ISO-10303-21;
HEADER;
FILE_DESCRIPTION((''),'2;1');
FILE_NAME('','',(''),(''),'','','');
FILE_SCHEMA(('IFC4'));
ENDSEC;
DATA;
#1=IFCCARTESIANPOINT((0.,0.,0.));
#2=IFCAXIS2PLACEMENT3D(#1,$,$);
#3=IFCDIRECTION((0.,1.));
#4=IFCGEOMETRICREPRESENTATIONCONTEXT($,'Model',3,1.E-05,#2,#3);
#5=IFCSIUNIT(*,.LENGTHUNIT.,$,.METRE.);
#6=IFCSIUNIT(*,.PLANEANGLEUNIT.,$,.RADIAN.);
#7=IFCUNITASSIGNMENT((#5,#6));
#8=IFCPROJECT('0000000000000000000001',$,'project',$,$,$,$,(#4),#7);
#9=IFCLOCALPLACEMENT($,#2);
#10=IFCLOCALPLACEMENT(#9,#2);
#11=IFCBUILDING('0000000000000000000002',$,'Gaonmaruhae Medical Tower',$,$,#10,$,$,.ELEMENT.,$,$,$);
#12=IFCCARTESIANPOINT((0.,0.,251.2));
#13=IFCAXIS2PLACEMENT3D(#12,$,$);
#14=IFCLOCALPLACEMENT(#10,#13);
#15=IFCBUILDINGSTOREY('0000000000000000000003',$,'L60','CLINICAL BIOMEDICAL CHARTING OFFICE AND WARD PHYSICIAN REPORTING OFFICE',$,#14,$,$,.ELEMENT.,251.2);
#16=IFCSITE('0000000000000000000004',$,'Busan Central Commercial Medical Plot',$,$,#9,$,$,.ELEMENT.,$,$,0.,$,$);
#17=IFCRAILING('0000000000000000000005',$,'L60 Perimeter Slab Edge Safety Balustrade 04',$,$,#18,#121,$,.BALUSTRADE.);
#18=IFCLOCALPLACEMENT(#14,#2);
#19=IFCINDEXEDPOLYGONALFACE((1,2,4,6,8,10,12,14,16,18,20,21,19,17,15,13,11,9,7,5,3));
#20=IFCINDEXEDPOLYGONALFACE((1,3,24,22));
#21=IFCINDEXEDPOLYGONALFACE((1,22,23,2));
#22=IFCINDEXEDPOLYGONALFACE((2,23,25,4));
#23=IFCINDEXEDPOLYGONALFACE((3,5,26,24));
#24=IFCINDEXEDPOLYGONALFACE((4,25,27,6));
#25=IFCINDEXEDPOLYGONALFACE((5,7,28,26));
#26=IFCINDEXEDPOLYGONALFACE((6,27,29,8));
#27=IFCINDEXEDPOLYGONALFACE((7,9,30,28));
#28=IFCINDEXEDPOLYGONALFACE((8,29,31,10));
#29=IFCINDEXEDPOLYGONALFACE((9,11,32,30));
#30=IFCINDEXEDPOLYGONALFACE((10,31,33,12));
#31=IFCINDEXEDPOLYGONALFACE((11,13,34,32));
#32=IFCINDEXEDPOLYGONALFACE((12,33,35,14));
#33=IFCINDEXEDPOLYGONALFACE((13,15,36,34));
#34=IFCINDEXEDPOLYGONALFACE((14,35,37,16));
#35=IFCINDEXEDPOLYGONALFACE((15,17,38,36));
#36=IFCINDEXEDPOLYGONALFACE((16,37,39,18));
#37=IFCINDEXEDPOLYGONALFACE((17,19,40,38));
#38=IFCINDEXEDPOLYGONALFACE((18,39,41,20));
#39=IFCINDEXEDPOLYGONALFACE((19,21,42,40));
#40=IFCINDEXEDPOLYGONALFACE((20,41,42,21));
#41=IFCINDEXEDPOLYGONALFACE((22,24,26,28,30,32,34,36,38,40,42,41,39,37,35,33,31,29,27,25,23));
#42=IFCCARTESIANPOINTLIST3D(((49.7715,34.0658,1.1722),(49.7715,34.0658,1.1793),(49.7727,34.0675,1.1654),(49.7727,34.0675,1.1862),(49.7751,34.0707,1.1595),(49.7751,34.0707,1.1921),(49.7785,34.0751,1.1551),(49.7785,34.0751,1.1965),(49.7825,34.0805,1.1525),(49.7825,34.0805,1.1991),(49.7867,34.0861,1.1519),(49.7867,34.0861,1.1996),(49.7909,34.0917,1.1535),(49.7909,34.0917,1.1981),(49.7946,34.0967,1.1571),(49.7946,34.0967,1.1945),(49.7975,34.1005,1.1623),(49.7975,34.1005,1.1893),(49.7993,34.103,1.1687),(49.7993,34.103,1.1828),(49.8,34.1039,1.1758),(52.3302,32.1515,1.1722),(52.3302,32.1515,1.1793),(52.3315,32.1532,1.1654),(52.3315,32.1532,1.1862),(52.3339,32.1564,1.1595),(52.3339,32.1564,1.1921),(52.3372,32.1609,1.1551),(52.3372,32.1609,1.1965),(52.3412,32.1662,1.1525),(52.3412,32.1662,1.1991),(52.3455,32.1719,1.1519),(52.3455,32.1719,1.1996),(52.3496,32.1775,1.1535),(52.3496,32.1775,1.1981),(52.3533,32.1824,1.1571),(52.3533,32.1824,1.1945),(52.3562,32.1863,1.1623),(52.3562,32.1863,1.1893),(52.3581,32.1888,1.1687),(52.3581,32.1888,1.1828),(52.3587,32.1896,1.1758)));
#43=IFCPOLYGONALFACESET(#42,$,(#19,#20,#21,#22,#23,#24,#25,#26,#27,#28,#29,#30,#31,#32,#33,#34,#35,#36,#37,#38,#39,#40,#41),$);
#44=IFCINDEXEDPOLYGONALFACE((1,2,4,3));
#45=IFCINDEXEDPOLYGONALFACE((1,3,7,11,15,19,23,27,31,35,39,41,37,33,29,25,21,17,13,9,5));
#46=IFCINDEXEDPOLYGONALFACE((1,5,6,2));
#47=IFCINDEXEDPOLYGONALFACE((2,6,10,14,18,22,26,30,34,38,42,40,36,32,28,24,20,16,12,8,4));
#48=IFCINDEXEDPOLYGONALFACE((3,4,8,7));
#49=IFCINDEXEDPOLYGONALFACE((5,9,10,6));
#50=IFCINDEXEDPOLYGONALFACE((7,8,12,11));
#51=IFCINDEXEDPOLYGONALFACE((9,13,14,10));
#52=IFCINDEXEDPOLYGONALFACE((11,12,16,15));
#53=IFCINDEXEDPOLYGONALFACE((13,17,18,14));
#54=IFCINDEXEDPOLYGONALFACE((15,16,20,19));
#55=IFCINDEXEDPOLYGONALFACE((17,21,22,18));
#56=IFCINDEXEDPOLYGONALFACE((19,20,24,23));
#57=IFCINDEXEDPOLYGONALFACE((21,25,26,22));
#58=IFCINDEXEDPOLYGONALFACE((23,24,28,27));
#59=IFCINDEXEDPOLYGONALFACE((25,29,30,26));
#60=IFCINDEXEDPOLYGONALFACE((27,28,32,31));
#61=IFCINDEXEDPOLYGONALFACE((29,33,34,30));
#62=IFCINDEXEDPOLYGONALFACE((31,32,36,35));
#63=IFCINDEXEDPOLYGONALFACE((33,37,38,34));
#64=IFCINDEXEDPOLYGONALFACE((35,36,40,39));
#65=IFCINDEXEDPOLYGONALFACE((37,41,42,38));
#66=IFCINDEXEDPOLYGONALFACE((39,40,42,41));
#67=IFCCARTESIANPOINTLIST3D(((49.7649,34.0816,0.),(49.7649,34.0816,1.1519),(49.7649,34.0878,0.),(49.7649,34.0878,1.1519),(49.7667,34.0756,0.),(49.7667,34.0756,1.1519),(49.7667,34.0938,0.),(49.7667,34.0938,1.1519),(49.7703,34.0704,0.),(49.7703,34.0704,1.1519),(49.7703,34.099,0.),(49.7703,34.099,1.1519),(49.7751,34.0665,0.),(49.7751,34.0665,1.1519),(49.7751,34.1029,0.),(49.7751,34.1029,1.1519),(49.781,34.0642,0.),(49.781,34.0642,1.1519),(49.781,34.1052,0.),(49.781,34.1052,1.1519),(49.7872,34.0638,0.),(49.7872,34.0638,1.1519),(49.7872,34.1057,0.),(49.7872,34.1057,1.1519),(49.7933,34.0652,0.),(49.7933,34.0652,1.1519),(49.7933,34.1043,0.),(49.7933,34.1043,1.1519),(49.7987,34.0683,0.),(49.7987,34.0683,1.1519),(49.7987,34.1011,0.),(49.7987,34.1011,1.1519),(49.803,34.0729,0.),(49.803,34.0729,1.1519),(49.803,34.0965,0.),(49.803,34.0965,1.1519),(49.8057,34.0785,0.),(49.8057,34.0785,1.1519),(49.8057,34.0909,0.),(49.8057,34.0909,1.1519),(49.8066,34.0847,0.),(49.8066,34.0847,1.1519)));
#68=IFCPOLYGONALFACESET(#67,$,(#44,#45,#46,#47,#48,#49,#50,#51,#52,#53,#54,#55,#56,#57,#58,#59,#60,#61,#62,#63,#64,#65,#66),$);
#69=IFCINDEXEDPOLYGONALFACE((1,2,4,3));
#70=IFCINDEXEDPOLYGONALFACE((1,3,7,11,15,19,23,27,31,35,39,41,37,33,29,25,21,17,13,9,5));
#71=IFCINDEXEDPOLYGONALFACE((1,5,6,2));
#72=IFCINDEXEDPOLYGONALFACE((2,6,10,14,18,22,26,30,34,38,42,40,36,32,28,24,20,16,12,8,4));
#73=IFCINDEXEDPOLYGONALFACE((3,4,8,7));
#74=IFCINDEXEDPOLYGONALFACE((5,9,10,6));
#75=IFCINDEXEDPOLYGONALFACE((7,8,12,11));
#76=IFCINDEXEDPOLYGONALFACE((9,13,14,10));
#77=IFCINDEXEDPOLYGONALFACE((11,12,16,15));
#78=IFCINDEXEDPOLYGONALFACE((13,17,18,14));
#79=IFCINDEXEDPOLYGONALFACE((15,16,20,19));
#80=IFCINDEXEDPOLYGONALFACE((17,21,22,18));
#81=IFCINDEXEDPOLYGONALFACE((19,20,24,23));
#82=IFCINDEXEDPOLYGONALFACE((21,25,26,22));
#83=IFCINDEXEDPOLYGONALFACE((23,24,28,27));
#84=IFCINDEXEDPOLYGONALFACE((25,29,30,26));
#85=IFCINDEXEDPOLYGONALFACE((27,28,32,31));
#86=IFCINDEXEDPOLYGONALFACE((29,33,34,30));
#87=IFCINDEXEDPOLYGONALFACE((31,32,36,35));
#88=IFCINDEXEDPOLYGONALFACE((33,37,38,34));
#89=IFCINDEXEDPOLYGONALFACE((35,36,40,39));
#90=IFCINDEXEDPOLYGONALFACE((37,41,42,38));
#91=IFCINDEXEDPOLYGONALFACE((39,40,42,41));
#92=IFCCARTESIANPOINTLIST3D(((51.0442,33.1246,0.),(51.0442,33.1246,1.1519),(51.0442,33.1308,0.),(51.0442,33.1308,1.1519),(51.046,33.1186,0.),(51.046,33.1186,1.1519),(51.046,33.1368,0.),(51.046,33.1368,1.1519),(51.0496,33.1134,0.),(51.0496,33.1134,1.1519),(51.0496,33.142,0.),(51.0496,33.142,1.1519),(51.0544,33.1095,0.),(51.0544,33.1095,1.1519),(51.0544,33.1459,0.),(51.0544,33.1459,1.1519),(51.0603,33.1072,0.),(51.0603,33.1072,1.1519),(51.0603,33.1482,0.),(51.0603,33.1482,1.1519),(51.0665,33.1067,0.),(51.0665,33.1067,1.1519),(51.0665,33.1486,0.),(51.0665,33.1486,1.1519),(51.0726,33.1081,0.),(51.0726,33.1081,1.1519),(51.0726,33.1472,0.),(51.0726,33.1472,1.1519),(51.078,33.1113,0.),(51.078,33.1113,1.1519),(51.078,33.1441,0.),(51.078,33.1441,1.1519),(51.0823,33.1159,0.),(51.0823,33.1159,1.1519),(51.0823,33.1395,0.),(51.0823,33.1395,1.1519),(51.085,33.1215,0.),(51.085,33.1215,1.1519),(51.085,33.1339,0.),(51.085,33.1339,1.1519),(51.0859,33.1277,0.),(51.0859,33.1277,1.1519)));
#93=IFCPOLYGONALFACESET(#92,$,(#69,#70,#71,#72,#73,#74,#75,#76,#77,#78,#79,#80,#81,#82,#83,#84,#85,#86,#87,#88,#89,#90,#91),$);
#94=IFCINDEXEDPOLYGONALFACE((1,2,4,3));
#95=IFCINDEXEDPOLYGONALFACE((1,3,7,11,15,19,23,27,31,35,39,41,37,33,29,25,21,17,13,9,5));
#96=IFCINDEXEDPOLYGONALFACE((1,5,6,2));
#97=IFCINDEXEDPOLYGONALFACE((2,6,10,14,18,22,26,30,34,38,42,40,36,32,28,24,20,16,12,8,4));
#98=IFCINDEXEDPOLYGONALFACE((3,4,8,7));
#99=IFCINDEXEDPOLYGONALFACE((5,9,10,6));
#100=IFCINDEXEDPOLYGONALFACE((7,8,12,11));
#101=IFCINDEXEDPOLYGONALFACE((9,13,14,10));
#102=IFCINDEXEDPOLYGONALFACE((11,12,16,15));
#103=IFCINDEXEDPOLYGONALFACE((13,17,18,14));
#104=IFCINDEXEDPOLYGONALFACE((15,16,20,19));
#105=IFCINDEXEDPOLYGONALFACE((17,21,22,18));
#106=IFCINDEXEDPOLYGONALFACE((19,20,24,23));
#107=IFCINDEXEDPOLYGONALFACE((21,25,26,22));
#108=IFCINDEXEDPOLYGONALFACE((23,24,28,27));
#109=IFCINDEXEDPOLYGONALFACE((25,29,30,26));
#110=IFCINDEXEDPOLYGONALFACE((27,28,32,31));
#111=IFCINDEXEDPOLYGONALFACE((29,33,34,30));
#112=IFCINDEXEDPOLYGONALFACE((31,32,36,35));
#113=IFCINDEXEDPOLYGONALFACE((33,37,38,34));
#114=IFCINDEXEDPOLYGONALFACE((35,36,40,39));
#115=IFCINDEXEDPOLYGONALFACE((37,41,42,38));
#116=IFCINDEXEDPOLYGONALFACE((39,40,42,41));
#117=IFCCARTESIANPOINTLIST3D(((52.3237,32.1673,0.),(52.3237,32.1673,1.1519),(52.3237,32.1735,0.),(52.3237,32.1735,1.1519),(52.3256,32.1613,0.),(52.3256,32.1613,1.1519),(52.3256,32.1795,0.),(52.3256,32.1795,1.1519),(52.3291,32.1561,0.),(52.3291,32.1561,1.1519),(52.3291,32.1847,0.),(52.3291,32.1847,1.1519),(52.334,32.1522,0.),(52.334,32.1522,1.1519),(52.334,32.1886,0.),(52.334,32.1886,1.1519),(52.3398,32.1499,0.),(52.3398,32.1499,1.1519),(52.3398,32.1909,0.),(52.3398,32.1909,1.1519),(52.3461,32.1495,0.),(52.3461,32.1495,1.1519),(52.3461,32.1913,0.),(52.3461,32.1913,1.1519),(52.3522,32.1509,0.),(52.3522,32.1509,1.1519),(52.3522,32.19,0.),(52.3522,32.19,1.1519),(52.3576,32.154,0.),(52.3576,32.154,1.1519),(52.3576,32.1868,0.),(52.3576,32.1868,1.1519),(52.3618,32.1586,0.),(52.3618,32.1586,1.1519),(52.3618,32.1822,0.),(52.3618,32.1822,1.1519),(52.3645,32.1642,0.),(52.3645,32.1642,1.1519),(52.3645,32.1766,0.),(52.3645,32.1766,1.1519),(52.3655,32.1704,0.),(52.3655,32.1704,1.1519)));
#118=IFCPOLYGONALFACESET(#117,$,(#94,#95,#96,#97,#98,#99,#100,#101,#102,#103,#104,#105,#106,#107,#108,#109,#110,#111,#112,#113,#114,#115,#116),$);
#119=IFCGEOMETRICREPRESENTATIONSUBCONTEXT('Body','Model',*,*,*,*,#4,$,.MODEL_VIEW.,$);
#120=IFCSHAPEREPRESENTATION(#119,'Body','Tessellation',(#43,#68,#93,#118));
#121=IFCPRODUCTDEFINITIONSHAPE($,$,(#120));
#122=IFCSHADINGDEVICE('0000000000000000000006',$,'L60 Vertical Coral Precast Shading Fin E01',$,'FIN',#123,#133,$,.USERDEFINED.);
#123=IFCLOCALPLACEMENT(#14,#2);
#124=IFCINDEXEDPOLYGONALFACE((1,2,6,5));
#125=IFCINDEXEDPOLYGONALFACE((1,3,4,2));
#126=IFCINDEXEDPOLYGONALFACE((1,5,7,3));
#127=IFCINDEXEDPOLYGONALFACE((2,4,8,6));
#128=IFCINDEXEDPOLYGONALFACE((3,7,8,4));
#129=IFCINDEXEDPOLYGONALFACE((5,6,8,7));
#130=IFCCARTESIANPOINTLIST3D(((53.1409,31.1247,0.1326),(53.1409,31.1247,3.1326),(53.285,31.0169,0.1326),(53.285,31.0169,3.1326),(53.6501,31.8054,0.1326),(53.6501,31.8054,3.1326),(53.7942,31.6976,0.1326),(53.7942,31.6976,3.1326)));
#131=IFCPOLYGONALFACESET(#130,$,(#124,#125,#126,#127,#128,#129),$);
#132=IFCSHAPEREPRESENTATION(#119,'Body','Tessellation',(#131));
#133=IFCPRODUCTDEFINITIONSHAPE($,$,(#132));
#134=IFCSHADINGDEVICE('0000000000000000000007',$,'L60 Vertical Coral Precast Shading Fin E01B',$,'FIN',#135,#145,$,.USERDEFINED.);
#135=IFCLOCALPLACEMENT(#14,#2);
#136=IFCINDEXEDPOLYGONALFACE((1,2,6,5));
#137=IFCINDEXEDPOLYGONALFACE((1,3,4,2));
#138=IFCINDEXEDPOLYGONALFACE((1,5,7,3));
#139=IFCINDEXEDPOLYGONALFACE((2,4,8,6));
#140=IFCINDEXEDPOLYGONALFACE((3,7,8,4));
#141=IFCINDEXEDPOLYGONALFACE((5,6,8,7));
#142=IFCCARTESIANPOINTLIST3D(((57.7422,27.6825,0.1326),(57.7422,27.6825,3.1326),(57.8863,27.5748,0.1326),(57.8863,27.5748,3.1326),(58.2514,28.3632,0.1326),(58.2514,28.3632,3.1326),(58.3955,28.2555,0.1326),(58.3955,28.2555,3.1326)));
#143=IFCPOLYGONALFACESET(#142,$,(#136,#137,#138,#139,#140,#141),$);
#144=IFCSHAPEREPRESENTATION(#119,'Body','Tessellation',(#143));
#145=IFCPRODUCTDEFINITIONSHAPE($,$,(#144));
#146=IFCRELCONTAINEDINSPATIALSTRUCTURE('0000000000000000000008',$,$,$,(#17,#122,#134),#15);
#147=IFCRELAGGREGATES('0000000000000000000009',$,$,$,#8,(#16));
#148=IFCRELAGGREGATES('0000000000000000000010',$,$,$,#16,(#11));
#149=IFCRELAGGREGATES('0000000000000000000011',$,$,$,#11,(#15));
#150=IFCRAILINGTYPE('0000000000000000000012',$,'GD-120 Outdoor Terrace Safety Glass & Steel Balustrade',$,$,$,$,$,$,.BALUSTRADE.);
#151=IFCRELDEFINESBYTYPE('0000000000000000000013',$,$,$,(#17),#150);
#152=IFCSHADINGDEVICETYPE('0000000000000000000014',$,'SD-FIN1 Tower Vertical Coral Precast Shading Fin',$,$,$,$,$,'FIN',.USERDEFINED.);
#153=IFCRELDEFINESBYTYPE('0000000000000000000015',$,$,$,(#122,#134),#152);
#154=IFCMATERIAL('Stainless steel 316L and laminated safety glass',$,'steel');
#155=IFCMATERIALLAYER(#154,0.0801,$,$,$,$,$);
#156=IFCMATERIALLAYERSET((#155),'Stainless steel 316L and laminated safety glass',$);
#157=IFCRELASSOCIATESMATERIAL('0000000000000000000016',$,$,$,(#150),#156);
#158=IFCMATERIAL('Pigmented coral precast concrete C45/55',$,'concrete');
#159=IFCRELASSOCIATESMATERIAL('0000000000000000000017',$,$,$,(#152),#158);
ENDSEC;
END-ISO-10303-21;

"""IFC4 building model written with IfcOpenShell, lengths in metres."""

from ifc_helpers import new_model, si_unit, direction, frame, origin, origin_2d, place, context, subcontext, project, spatial, rectangle, circle, extrude, material, layer, layer_set, type_object, element, save


model = new_model("IFC4")

# Units and contexts
model_context = context("Model", 3, precision=1e-05, world=origin(), true_north=direction((0.0, 1.0)))
body_context = subcontext(model_context, "Body", "Model", "MODEL_VIEW")
ifc_project = project(units=[si_unit("LENGTHUNIT", "METRE"), si_unit("PLANEANGLEUNIT", "RADIAN")], contexts=[model_context])

# Site, building, storey
site_placement = place(None, origin())
site = spatial("IfcSite", under=ifc_project, at=site_placement, Name="Busan Central Commercial Medical Plot", CompositionType="ELEMENT", RefElevation=0.0)
building_placement = place(site_placement, origin())
building = spatial("IfcBuilding", under=site, at=building_placement, Name="Gaonmaruhae Medical Tower", CompositionType="ELEMENT")
storey_placement = place(building_placement, frame((0.0, 0.0, 251.2)))
storey = spatial("IfcBuildingStorey", under=building, at=storey_placement, Name="L60", Description="CLINICAL BIOMEDICAL CHARTING OFFICE AND WARD PHYSICIAN REPORTING OFFICE", CompositionType="ELEMENT", Elevation=251.2)

# Railing
ifc_material_1 = material(Name="Stainless steel 316L and laminated safety glass", Category="steel")
ifc_layer_1 = layer(ifc_material_1, 0.0801)
ifc_layer_set_1 = layer_set([ifc_layer_1], Name="Stainless steel 316L and laminated safety glass")
railing_type = type_object("IfcRailingType", Name="GD-120 Outdoor Terrace Safety Glass & Steel Balustrade", PredefinedType="BALUSTRADE", material=ifc_layer_set_1)
railing_1_placement = place(storey_placement, frame((49.7856, 34.0847, 0.0)))
element("IfcRailing", 1, at=railing_1_placement, inside=storey, type_object=railing_type, Name="L60 Perimeter Slab Edge Safety Balustrade 04", PredefinedType="BALUSTRADE", context=body_context, shape_type="SweptSolid", body=[
    extrude(circle(Radius=0.0239, at=origin_2d()), frame((0.0, 0.0, 1.1758), z_axis=(0.800724, -0.599034, 0.0), x_axis=(0.599034, 0.800724, 0.0)), (0.0, 0.0, 1.0), 3.1956),
    extrude(circle(Radius=0.021, at=origin_2d()), origin(), (0.0, 0.0, 1.0), 1.1519),
    extrude(circle(Radius=0.021, at=origin_2d()), frame((1.2793, -0.957, 0.0)), (0.0, 0.0, 1.0), 1.1519),
    extrude(circle(Radius=0.021, at=origin_2d()), frame((2.5588, -1.9143, 0.0)), (0.0, 0.0, 1.0), 1.1519),
])

# Shading devices
ifc_material_2 = material(Name="Pigmented coral precast concrete C45/55", Category="concrete")
shading_device_type = type_object("IfcShadingDeviceType", Name="SD-FIN1 Tower Vertical Coral Precast Shading Fin", ElementType="FIN", PredefinedType="USERDEFINED", material=ifc_material_2)
for number, where, z_axis, x_axis, name in (
    (2, (53.4675, 31.4111, 0.1326), (0.0, 0.0, 1.0), (0.800731, -0.599024, 0.0), "L60 Vertical Coral Precast Shading Fin E01"),
    (3, (58.0688, 27.969, 0.1326), (0.0, 0.0, 1.0), (0.800731, -0.599024, 0.0), "L60 Vertical Coral Precast Shading Fin E01B"),
):
    element("IfcShadingDevice", number, at=place(storey_placement, frame(where, z_axis=z_axis, x_axis=x_axis)), inside=storey, type_object=shading_device_type, Name=name, ObjectType="FIN", PredefinedType="USERDEFINED", context=body_context, shape_type="SweptSolid", body=[
        extrude(rectangle(XDim=0.1799, YDim=0.8501, at=origin_2d()), origin(), (0.0, 0.0, 1.0), 3.0),
    ])

save(model, "model.ifc")
